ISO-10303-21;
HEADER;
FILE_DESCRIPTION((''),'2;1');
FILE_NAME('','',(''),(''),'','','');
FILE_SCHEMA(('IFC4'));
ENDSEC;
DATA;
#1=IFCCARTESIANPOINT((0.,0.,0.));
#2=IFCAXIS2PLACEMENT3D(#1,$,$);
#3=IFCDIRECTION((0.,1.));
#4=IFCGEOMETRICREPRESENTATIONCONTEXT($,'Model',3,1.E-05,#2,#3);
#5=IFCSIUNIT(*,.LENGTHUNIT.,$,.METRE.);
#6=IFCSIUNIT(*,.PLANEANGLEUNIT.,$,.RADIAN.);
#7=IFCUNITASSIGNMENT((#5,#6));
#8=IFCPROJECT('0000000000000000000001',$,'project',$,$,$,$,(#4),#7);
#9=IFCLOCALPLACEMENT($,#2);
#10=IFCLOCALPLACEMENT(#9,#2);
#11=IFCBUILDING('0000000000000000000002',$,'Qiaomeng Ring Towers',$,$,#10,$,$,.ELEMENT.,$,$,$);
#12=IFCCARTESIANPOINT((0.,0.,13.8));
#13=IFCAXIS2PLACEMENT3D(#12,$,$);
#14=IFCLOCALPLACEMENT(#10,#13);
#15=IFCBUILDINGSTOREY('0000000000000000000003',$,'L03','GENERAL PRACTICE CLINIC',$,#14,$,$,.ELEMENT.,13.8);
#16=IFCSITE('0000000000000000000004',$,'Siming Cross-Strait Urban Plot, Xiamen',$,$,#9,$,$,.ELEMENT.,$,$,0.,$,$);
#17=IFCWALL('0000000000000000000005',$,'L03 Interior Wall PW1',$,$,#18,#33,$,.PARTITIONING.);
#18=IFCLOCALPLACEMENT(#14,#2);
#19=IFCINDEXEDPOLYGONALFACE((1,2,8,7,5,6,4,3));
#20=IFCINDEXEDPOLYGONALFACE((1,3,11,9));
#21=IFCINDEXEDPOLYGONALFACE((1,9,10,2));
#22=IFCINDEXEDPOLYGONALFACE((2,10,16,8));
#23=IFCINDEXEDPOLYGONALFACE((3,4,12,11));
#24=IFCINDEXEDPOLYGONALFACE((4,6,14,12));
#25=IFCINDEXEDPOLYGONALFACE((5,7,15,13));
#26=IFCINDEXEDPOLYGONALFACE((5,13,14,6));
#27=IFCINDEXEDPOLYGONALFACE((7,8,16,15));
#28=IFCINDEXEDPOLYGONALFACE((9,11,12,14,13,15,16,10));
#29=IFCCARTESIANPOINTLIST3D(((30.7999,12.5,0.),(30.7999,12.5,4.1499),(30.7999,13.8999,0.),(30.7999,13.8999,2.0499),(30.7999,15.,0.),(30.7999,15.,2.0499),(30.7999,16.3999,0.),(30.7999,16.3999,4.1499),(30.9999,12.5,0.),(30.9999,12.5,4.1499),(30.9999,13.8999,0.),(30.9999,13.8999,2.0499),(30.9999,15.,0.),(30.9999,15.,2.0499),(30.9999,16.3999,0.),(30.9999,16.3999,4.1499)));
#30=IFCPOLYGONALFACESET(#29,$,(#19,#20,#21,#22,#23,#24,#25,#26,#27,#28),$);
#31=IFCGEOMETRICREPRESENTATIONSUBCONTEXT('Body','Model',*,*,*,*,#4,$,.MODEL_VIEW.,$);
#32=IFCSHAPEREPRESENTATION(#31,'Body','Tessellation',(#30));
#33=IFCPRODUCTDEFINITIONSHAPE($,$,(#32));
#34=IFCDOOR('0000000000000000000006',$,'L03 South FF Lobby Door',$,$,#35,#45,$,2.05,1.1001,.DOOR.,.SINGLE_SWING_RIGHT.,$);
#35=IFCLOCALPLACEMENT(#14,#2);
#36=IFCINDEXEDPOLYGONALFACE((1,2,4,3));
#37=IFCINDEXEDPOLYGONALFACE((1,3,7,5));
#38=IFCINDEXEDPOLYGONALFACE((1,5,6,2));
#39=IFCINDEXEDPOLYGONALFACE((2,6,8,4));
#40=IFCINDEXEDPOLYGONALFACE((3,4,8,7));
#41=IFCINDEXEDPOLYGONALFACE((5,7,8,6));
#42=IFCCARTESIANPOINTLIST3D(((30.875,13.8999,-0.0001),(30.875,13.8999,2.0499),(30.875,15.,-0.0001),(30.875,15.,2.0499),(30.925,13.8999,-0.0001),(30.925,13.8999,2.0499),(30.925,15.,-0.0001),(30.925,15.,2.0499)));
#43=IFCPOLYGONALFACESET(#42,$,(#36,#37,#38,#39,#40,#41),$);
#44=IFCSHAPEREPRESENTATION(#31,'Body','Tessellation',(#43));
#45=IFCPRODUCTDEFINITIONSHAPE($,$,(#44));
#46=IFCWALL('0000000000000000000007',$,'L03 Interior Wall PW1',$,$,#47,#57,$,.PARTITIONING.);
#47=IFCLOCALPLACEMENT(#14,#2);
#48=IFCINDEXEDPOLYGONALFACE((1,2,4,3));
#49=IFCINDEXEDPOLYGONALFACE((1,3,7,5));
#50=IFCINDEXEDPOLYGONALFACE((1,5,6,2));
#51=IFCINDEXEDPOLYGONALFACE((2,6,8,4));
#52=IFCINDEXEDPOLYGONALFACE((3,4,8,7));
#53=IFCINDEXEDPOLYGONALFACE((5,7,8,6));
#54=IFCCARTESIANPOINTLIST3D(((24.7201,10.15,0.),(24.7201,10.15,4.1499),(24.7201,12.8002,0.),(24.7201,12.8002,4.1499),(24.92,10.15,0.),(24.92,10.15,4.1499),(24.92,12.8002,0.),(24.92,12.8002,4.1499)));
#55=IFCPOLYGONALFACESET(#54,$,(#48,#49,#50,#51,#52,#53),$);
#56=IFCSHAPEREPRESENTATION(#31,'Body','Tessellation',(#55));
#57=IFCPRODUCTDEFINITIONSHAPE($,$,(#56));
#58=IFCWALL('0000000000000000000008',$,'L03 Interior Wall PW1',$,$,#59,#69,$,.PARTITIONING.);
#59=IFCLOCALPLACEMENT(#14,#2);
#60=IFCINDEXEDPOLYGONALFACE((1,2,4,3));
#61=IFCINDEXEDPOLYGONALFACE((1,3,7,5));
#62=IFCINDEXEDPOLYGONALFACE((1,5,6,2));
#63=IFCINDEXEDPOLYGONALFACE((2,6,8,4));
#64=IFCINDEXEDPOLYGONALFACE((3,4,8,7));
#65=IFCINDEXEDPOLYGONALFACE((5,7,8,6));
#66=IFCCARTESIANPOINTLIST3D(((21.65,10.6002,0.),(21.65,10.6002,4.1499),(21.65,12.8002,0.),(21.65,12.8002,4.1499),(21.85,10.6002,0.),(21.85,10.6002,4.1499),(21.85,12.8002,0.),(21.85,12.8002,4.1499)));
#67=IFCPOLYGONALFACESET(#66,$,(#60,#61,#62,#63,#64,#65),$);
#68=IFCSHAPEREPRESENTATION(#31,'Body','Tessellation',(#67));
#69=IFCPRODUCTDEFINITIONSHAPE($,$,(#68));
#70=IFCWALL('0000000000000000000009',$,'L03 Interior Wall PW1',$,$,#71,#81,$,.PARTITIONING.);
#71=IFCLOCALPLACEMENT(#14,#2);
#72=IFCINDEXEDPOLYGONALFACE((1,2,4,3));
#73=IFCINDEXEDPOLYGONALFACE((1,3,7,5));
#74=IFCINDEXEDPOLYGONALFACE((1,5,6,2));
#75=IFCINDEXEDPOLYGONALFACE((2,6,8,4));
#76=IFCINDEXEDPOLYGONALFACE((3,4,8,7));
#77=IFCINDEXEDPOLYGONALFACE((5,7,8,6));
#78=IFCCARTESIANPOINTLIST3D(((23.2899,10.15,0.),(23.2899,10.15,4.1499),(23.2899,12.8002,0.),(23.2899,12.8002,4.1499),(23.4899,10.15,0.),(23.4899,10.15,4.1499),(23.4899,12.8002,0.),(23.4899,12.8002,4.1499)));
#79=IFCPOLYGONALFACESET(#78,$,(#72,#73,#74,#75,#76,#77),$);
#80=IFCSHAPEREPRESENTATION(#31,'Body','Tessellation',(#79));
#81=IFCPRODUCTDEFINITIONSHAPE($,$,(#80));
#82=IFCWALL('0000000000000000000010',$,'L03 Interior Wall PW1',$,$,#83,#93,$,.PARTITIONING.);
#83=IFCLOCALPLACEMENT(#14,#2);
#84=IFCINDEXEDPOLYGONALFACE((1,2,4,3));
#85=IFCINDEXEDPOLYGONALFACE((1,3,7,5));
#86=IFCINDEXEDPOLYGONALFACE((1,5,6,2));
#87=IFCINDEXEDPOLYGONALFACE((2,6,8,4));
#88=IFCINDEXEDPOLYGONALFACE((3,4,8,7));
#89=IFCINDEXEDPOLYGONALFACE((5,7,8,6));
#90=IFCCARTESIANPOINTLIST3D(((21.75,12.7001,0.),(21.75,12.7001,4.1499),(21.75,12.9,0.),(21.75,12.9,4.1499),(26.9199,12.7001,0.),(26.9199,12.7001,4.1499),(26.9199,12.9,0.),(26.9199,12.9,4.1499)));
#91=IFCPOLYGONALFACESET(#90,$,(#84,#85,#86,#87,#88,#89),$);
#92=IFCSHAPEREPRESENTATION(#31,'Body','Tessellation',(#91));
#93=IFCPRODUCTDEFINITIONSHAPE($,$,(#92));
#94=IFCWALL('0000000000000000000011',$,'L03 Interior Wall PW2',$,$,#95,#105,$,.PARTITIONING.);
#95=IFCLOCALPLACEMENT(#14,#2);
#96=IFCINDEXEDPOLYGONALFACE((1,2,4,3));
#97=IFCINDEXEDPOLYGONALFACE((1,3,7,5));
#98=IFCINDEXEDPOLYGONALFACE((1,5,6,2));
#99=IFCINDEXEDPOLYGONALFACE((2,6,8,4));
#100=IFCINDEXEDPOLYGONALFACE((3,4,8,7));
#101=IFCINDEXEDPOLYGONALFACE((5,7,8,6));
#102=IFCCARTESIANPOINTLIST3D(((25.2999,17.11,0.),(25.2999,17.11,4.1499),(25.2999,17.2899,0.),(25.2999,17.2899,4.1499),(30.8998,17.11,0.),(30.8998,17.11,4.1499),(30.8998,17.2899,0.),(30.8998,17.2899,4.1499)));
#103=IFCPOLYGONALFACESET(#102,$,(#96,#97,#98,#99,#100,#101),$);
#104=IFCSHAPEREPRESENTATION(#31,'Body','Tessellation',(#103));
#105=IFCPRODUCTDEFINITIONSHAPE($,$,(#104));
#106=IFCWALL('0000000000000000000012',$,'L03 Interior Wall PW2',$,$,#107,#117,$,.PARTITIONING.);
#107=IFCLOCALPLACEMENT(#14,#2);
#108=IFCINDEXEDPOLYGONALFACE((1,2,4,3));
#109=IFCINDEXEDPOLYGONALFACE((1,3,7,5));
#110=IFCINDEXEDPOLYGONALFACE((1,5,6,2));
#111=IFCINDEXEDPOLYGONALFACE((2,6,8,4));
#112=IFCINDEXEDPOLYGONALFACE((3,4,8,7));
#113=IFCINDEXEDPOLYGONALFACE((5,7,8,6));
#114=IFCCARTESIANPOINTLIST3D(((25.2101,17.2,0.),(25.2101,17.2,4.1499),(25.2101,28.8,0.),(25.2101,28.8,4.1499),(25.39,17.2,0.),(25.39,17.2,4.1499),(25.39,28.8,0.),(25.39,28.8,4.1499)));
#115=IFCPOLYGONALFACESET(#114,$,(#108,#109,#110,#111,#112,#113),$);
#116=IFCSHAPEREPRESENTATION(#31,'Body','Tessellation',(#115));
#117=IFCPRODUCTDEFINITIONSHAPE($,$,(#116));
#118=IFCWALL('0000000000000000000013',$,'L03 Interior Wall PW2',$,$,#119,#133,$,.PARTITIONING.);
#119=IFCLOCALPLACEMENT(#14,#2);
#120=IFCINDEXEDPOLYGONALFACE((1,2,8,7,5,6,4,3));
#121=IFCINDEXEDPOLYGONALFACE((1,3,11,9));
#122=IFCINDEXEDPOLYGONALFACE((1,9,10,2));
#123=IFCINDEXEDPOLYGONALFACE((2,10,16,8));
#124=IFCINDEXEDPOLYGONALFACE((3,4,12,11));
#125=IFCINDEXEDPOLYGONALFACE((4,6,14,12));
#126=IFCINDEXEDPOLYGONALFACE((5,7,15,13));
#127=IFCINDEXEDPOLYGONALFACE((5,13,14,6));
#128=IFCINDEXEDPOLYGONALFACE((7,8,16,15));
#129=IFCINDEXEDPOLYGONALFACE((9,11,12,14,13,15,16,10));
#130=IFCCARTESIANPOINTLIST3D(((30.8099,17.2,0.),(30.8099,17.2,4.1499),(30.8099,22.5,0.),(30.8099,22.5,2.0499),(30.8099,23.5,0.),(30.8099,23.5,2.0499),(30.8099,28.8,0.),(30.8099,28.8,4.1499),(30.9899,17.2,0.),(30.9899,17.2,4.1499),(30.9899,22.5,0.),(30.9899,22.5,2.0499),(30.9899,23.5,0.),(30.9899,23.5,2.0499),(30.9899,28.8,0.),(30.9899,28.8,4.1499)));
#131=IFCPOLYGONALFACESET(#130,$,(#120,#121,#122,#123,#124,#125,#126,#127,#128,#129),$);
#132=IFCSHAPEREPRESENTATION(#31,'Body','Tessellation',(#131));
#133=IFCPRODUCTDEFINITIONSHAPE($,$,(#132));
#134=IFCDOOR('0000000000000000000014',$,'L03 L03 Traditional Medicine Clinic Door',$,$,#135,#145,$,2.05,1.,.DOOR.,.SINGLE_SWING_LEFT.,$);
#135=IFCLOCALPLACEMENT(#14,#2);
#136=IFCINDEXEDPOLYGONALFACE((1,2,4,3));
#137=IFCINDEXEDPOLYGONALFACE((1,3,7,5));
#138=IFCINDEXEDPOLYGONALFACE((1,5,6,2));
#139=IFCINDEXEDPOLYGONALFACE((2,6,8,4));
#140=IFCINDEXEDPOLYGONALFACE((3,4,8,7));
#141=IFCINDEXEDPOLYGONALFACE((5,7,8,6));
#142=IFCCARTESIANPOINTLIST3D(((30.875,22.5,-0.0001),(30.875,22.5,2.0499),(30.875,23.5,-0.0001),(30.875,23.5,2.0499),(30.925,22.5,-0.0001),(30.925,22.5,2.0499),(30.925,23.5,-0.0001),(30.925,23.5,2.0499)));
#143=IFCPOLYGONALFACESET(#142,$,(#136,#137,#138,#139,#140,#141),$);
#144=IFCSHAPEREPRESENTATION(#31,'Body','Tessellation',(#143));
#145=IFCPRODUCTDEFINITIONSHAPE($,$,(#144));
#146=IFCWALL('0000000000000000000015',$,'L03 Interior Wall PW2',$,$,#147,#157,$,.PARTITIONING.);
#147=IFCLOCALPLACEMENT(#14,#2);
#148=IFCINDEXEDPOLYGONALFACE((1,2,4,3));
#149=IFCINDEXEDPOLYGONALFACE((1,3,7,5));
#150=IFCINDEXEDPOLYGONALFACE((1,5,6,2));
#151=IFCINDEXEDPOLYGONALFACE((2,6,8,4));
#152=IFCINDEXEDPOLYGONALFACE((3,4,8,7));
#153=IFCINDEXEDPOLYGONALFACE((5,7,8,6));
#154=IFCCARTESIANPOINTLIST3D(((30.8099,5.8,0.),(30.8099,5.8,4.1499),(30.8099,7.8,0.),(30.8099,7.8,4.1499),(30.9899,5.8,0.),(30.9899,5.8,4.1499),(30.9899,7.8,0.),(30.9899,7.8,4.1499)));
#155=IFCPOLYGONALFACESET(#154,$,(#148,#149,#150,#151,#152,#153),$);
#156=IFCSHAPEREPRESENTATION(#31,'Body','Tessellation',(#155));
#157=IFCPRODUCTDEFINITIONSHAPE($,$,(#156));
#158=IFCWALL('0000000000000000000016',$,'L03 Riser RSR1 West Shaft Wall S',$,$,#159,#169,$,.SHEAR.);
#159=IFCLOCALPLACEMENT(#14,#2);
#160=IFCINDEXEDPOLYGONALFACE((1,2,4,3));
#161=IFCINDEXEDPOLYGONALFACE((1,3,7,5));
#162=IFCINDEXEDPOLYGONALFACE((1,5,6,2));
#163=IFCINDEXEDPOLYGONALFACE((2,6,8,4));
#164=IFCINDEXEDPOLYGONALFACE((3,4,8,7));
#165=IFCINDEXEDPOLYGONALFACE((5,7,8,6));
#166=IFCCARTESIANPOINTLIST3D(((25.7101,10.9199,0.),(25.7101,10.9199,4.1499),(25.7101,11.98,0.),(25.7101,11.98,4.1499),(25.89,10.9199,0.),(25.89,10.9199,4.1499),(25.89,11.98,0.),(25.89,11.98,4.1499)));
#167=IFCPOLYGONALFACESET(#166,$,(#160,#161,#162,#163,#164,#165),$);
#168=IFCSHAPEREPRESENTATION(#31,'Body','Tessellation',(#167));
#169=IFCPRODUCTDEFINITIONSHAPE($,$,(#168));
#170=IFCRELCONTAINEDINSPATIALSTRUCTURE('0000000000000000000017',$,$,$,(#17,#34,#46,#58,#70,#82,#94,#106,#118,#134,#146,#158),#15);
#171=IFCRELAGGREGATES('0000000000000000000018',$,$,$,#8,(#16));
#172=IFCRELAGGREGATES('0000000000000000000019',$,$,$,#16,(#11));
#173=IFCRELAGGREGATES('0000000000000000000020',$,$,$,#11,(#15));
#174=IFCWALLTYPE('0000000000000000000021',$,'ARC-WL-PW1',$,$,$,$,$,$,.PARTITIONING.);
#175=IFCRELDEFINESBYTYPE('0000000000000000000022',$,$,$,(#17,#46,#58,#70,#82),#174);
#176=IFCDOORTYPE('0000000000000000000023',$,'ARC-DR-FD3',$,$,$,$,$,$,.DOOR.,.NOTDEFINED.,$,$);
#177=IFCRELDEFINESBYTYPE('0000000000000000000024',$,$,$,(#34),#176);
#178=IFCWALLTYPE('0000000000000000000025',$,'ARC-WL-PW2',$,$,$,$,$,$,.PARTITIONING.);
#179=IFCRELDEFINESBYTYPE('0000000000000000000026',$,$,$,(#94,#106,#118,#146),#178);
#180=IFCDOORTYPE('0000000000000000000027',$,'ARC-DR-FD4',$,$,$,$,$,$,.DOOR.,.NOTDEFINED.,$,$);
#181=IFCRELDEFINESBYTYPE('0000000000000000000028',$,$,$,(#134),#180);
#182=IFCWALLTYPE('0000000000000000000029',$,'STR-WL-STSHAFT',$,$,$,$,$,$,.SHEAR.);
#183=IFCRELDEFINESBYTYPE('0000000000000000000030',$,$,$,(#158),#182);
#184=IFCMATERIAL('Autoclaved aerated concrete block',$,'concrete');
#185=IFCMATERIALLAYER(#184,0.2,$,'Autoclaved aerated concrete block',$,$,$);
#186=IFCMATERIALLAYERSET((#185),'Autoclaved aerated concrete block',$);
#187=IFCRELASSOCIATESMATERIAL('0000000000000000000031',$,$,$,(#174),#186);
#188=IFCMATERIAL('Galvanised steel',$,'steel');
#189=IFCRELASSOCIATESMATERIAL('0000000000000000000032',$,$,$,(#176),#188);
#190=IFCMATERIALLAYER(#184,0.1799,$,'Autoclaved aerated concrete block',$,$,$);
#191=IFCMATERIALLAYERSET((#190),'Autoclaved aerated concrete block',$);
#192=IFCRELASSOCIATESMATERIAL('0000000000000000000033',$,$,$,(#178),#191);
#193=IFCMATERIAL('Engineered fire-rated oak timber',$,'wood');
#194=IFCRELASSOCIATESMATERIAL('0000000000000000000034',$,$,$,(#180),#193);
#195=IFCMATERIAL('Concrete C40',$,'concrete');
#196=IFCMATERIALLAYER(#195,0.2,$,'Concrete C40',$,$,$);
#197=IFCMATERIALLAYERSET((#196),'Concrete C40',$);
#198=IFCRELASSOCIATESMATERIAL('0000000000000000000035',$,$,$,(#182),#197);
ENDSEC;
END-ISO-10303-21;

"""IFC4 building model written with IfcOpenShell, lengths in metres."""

from ifc_helpers import new_model, si_unit, direction, frame, frame_2d, origin, place, context, subcontext, project, spatial, rectangle, extrude, source, transform, mapped, material, layer, layer_set, type_object, element, fill, save


model = new_model("IFC4")

# Units and contexts
model_context = context("Model", 3, precision=1e-05, world=origin(), true_north=direction((0.0, 1.0)))
body_context = subcontext(model_context, "Body", "Model", "MODEL_VIEW")
ifc_project = project(units=[si_unit("LENGTHUNIT", "METRE"), si_unit("PLANEANGLEUNIT", "RADIAN")], contexts=[model_context])

# Site, building, storey
site_placement = place(None, origin())
site = spatial("IfcSite", under=ifc_project, at=site_placement, Name="Siming Cross-Strait Urban Plot, Xiamen", CompositionType="ELEMENT", RefElevation=0.0)
building_placement = place(site_placement, origin())
building = spatial("IfcBuilding", under=site, at=building_placement, Name="Qiaomeng Ring Towers", CompositionType="ELEMENT")
storey_placement = place(building_placement, frame((0.0, 0.0, 13.8)))
storey = spatial("IfcBuildingStorey", under=building, at=storey_placement, Name="L03", Description="GENERAL PRACTICE CLINIC", CompositionType="ELEMENT", Elevation=13.8)

# Shared definitions
ifc_material_1 = material(Name="Concrete C40", Category="concrete")

# Shared definitions
ifc_material_2 = material(Name="Autoclaved aerated concrete block", Category="concrete")
ifc_layer_1 = layer(ifc_material_2, 0.2, Name="Autoclaved aerated concrete block")
ifc_layer_set_1 = layer_set([ifc_layer_1], Name="Autoclaved aerated concrete block")
wall_type_1 = type_object("IfcWallType", Name="ARC-WL-PW1", PredefinedType="PARTITIONING", material=ifc_layer_set_1)

# Wall, opening, door
wall_1_placement = place(storey_placement, frame((30.8999, 12.5, 0.0), z_axis=(0.0, 0.0, 1.0), x_axis=(0.0, 1.0, 0.0)))
wall_1 = element("IfcWall", 1, at=wall_1_placement, inside=storey, type_object=wall_type_1, Name="L03 Interior Wall PW1", PredefinedType="PARTITIONING", context=body_context, shape_type="SweptSolid", body=[
    extrude(rectangle(XDim=3.8999, YDim=0.2, at=frame_2d((1.95, 0.0))), origin(), (0.0, 0.0, 1.0), 4.1499),
])
opening_1_placement = place(wall_1_placement, frame((1.3999, 0.0, 0.0)))
opening_1 = element("IfcOpeningElement", 2, at=opening_1_placement, cuts=wall_1, PredefinedType="OPENING", context=body_context, shape_type="SweptSolid", body=[
    extrude(rectangle(XDim=1.1001, YDim=2.05, at=frame_2d((0.55, 1.0249))), frame((0.0, 0.1099, 0.0), z_axis=(0.0, -1.0, 0.0), x_axis=(1.0, 0.0, 0.0)), (0.0, 0.0, 1.0), 0.22),
])
ifc_material_3 = material(Name="Galvanised steel", Category="steel")
door_type_1 = type_object("IfcDoorType", Name="ARC-DR-FD3", OperationType="NOTDEFINED", PredefinedType="DOOR", material=ifc_material_3)
shared_shape_1 = source(origin(), body_context, "Body", "SweptSolid", [
    extrude(rectangle(XDim=1.1001, YDim=2.05, at=frame_2d((0.55, 1.0249))), frame((0.0, 0.0249, 0.0), z_axis=(0.0, -1.0, 0.0), x_axis=(1.0, 0.0, 0.0)), (0.0, 0.0, 1.0), 0.05),
])
door_1_placement = place(opening_1_placement, origin())
door_1 = element("IfcDoor", 3, at=door_1_placement, inside=storey, type_object=door_type_1, Name="L03 South FF Lobby Door", OperationType="SINGLE_SWING_RIGHT", OverallHeight=2.05, OverallWidth=1.1001, PredefinedType="DOOR", context=body_context, shape_type="MappedRepresentation", body=[
    mapped(shared_shape_1, transform((0.0, 0.0, 0.0), x_axis=(1.0, 0.0, 0.0), y_axis=(0.0, 1.0, 0.0), z_axis=(0.0, 0.0, 1.0), scale=1.0)),
])
fill(opening_1, door_1)

# Walls
wall_2_placement = place(storey_placement, frame((24.8201, 10.1499, 0.0), z_axis=(0.0, 0.0, 1.0), x_axis=(0.0, 1.0, 0.0)))
element("IfcWall", 4, at=wall_2_placement, inside=storey, type_object=wall_type_1, Name="L03 Interior Wall PW1", PredefinedType="PARTITIONING", context=body_context, shape_type="SweptSolid", body=[
    extrude(rectangle(XDim=2.6501, YDim=0.2, at=frame_2d((1.3252, 0.0))), origin(), (0.0, 0.0, 1.0), 4.1499),
])
wall_3_placement = place(storey_placement, frame((21.75, 10.6001, 0.0), z_axis=(0.0, 0.0, 1.0), x_axis=(0.0, 1.0, 0.0)))
element("IfcWall", 5, at=wall_3_placement, inside=storey, type_object=wall_type_1, Name="L03 Interior Wall PW1", PredefinedType="PARTITIONING", context=body_context, shape_type="SweptSolid", body=[
    extrude(rectangle(XDim=2.2, YDim=0.2, at=frame_2d((1.1001, 0.0))), origin(), (0.0, 0.0, 1.0), 4.1499),
])
wall_4_placement = place(storey_placement, frame((23.3899, 10.1499, 0.0), z_axis=(0.0, 0.0, 1.0), x_axis=(0.0, 1.0, 0.0)))
element("IfcWall", 6, at=wall_4_placement, inside=storey, type_object=wall_type_1, Name="L03 Interior Wall PW1", PredefinedType="PARTITIONING", context=body_context, shape_type="SweptSolid", body=[
    extrude(rectangle(XDim=2.6501, YDim=0.2, at=frame_2d((1.3252, 0.0))), origin(), (0.0, 0.0, 1.0), 4.1499),
])
wall_5_placement = place(storey_placement, frame((21.75, 12.8, 0.0), z_axis=(0.0, 0.0, 1.0), x_axis=(1.0, 0.0, 0.0)))
element("IfcWall", 7, at=wall_5_placement, inside=storey, type_object=wall_type_1, Name="L03 Interior Wall PW1", PredefinedType="PARTITIONING", context=body_context, shape_type="SweptSolid", body=[
    extrude(rectangle(XDim=5.1699, YDim=0.2, at=frame_2d((2.585, 0.0))), origin(), (0.0, 0.0, 1.0), 4.1499),
])
ifc_layer_2 = layer(ifc_material_2, 0.1799, Name="Autoclaved aerated concrete block")
ifc_layer_set_2 = layer_set([ifc_layer_2], Name="Autoclaved aerated concrete block")
wall_type_2 = type_object("IfcWallType", Name="ARC-WL-PW2", PredefinedType="PARTITIONING", material=ifc_layer_set_2)
wall_6_placement = place(storey_placement, frame((25.3, 17.2, 0.0), z_axis=(0.0, 0.0, 1.0), x_axis=(1.0, 0.0, 0.0)))
element("IfcWall", 8, at=wall_6_placement, inside=storey, type_object=wall_type_2, Name="L03 Interior Wall PW2", PredefinedType="PARTITIONING", context=body_context, shape_type="SweptSolid", body=[
    extrude(rectangle(XDim=5.5999, YDim=0.1799, at=frame_2d((2.7998, 0.0))), origin(), (0.0, 0.0, 1.0), 4.1499),
])
wall_7_placement = place(storey_placement, frame((25.3, 17.2, 0.0), z_axis=(0.0, 0.0, 1.0), x_axis=(0.0, 1.0, 0.0)))
element("IfcWall", 9, at=wall_7_placement, inside=storey, type_object=wall_type_2, Name="L03 Interior Wall PW2", PredefinedType="PARTITIONING", context=body_context, shape_type="SweptSolid", body=[
    extrude(rectangle(XDim=11.6001, YDim=0.1799, at=frame_2d((5.8, 0.0))), origin(), (0.0, 0.0, 1.0), 4.1499),
])

# Wall, opening, door
wall_8_placement = place(storey_placement, frame((30.8999, 17.2, 0.0), z_axis=(0.0, 0.0, 1.0), x_axis=(0.0, 1.0, 0.0)))
wall_8 = element("IfcWall", 10, at=wall_8_placement, inside=storey, type_object=wall_type_2, Name="L03 Interior Wall PW2", PredefinedType="PARTITIONING", context=body_context, shape_type="SweptSolid", body=[
    extrude(rectangle(XDim=11.6001, YDim=0.1799, at=frame_2d((5.8, 0.0))), origin(), (0.0, 0.0, 1.0), 4.1499),
])
opening_2_placement = place(wall_8_placement, frame((5.3, 0.0, 0.0)))
opening_2 = element("IfcOpeningElement", 11, at=opening_2_placement, cuts=wall_8, PredefinedType="OPENING", context=body_context, shape_type="SweptSolid", body=[
    extrude(rectangle(XDim=1.0, YDim=2.05, at=frame_2d((0.5, 1.0249))), frame((0.0, 0.0999, 0.0), z_axis=(0.0, -1.0, 0.0), x_axis=(1.0, 0.0, 0.0)), (0.0, 0.0, 1.0), 0.2),
])
ifc_material_4 = material(Name="Engineered fire-rated oak timber", Category="wood")
door_type_2 = type_object("IfcDoorType", Name="ARC-DR-FD4", OperationType="NOTDEFINED", PredefinedType="DOOR", material=ifc_material_4)
shared_shape_2 = source(origin(), body_context, "Body", "SweptSolid", [
    extrude(rectangle(XDim=1.0, YDim=2.05, at=frame_2d((0.5, 1.0249))), frame((0.0, 0.0249, 0.0), z_axis=(0.0, -1.0, 0.0), x_axis=(1.0, 0.0, 0.0)), (0.0, 0.0, 1.0), 0.05),
])
door_2_placement = place(opening_2_placement, origin())
door_2 = element("IfcDoor", 12, at=door_2_placement, inside=storey, type_object=door_type_2, Name="L03 L03 Traditional Medicine Clinic Door", OperationType="SINGLE_SWING_LEFT", OverallHeight=2.05, OverallWidth=1.0, PredefinedType="DOOR", context=body_context, shape_type="MappedRepresentation", body=[
    mapped(shared_shape_2, transform((0.0, 0.0, 0.0), x_axis=(1.0, 0.0, 0.0), y_axis=(0.0, 1.0, 0.0), z_axis=(0.0, 0.0, 1.0), scale=1.0)),
])
fill(opening_2, door_2)

# Walls
wall_9_placement = place(storey_placement, frame((30.8999, 5.8, 0.0), z_axis=(0.0, 0.0, 1.0), x_axis=(0.0, 1.0, 0.0)))
element("IfcWall", 13, at=wall_9_placement, inside=storey, type_object=wall_type_2, Name="L03 Interior Wall PW2", PredefinedType="PARTITIONING", context=body_context, shape_type="SweptSolid", body=[
    extrude(rectangle(XDim=2.0, YDim=0.1799, at=frame_2d((1.0, 0.0))), origin(), (0.0, 0.0, 1.0), 4.1499),
])
ifc_layer_3 = layer(ifc_material_1, 0.2, Name="Concrete C40")
ifc_layer_set_3 = layer_set([ifc_layer_3], Name="Concrete C40")
wall_type_3 = type_object("IfcWallType", Name="STR-WL-STSHAFT", PredefinedType="SHEAR", material=ifc_layer_set_3)
wall_10_placement = place(storey_placement, frame((25.8, 10.9199, 0.0), z_axis=(0.0, 0.0, 1.0), x_axis=(0.0, 1.0, 0.0)))
element("IfcWall", 14, at=wall_10_placement, inside=storey, type_object=wall_type_3, Name="L03 Riser RSR1 West Shaft Wall S", PredefinedType="SHEAR", context=body_context, shape_type="SweptSolid", body=[
    extrude(rectangle(XDim=1.0601, YDim=0.1799, at=frame_2d((0.53, 0.0))), origin(), (0.0, 0.0, 1.0), 4.1499),
])

save(model, "model.ifc")
